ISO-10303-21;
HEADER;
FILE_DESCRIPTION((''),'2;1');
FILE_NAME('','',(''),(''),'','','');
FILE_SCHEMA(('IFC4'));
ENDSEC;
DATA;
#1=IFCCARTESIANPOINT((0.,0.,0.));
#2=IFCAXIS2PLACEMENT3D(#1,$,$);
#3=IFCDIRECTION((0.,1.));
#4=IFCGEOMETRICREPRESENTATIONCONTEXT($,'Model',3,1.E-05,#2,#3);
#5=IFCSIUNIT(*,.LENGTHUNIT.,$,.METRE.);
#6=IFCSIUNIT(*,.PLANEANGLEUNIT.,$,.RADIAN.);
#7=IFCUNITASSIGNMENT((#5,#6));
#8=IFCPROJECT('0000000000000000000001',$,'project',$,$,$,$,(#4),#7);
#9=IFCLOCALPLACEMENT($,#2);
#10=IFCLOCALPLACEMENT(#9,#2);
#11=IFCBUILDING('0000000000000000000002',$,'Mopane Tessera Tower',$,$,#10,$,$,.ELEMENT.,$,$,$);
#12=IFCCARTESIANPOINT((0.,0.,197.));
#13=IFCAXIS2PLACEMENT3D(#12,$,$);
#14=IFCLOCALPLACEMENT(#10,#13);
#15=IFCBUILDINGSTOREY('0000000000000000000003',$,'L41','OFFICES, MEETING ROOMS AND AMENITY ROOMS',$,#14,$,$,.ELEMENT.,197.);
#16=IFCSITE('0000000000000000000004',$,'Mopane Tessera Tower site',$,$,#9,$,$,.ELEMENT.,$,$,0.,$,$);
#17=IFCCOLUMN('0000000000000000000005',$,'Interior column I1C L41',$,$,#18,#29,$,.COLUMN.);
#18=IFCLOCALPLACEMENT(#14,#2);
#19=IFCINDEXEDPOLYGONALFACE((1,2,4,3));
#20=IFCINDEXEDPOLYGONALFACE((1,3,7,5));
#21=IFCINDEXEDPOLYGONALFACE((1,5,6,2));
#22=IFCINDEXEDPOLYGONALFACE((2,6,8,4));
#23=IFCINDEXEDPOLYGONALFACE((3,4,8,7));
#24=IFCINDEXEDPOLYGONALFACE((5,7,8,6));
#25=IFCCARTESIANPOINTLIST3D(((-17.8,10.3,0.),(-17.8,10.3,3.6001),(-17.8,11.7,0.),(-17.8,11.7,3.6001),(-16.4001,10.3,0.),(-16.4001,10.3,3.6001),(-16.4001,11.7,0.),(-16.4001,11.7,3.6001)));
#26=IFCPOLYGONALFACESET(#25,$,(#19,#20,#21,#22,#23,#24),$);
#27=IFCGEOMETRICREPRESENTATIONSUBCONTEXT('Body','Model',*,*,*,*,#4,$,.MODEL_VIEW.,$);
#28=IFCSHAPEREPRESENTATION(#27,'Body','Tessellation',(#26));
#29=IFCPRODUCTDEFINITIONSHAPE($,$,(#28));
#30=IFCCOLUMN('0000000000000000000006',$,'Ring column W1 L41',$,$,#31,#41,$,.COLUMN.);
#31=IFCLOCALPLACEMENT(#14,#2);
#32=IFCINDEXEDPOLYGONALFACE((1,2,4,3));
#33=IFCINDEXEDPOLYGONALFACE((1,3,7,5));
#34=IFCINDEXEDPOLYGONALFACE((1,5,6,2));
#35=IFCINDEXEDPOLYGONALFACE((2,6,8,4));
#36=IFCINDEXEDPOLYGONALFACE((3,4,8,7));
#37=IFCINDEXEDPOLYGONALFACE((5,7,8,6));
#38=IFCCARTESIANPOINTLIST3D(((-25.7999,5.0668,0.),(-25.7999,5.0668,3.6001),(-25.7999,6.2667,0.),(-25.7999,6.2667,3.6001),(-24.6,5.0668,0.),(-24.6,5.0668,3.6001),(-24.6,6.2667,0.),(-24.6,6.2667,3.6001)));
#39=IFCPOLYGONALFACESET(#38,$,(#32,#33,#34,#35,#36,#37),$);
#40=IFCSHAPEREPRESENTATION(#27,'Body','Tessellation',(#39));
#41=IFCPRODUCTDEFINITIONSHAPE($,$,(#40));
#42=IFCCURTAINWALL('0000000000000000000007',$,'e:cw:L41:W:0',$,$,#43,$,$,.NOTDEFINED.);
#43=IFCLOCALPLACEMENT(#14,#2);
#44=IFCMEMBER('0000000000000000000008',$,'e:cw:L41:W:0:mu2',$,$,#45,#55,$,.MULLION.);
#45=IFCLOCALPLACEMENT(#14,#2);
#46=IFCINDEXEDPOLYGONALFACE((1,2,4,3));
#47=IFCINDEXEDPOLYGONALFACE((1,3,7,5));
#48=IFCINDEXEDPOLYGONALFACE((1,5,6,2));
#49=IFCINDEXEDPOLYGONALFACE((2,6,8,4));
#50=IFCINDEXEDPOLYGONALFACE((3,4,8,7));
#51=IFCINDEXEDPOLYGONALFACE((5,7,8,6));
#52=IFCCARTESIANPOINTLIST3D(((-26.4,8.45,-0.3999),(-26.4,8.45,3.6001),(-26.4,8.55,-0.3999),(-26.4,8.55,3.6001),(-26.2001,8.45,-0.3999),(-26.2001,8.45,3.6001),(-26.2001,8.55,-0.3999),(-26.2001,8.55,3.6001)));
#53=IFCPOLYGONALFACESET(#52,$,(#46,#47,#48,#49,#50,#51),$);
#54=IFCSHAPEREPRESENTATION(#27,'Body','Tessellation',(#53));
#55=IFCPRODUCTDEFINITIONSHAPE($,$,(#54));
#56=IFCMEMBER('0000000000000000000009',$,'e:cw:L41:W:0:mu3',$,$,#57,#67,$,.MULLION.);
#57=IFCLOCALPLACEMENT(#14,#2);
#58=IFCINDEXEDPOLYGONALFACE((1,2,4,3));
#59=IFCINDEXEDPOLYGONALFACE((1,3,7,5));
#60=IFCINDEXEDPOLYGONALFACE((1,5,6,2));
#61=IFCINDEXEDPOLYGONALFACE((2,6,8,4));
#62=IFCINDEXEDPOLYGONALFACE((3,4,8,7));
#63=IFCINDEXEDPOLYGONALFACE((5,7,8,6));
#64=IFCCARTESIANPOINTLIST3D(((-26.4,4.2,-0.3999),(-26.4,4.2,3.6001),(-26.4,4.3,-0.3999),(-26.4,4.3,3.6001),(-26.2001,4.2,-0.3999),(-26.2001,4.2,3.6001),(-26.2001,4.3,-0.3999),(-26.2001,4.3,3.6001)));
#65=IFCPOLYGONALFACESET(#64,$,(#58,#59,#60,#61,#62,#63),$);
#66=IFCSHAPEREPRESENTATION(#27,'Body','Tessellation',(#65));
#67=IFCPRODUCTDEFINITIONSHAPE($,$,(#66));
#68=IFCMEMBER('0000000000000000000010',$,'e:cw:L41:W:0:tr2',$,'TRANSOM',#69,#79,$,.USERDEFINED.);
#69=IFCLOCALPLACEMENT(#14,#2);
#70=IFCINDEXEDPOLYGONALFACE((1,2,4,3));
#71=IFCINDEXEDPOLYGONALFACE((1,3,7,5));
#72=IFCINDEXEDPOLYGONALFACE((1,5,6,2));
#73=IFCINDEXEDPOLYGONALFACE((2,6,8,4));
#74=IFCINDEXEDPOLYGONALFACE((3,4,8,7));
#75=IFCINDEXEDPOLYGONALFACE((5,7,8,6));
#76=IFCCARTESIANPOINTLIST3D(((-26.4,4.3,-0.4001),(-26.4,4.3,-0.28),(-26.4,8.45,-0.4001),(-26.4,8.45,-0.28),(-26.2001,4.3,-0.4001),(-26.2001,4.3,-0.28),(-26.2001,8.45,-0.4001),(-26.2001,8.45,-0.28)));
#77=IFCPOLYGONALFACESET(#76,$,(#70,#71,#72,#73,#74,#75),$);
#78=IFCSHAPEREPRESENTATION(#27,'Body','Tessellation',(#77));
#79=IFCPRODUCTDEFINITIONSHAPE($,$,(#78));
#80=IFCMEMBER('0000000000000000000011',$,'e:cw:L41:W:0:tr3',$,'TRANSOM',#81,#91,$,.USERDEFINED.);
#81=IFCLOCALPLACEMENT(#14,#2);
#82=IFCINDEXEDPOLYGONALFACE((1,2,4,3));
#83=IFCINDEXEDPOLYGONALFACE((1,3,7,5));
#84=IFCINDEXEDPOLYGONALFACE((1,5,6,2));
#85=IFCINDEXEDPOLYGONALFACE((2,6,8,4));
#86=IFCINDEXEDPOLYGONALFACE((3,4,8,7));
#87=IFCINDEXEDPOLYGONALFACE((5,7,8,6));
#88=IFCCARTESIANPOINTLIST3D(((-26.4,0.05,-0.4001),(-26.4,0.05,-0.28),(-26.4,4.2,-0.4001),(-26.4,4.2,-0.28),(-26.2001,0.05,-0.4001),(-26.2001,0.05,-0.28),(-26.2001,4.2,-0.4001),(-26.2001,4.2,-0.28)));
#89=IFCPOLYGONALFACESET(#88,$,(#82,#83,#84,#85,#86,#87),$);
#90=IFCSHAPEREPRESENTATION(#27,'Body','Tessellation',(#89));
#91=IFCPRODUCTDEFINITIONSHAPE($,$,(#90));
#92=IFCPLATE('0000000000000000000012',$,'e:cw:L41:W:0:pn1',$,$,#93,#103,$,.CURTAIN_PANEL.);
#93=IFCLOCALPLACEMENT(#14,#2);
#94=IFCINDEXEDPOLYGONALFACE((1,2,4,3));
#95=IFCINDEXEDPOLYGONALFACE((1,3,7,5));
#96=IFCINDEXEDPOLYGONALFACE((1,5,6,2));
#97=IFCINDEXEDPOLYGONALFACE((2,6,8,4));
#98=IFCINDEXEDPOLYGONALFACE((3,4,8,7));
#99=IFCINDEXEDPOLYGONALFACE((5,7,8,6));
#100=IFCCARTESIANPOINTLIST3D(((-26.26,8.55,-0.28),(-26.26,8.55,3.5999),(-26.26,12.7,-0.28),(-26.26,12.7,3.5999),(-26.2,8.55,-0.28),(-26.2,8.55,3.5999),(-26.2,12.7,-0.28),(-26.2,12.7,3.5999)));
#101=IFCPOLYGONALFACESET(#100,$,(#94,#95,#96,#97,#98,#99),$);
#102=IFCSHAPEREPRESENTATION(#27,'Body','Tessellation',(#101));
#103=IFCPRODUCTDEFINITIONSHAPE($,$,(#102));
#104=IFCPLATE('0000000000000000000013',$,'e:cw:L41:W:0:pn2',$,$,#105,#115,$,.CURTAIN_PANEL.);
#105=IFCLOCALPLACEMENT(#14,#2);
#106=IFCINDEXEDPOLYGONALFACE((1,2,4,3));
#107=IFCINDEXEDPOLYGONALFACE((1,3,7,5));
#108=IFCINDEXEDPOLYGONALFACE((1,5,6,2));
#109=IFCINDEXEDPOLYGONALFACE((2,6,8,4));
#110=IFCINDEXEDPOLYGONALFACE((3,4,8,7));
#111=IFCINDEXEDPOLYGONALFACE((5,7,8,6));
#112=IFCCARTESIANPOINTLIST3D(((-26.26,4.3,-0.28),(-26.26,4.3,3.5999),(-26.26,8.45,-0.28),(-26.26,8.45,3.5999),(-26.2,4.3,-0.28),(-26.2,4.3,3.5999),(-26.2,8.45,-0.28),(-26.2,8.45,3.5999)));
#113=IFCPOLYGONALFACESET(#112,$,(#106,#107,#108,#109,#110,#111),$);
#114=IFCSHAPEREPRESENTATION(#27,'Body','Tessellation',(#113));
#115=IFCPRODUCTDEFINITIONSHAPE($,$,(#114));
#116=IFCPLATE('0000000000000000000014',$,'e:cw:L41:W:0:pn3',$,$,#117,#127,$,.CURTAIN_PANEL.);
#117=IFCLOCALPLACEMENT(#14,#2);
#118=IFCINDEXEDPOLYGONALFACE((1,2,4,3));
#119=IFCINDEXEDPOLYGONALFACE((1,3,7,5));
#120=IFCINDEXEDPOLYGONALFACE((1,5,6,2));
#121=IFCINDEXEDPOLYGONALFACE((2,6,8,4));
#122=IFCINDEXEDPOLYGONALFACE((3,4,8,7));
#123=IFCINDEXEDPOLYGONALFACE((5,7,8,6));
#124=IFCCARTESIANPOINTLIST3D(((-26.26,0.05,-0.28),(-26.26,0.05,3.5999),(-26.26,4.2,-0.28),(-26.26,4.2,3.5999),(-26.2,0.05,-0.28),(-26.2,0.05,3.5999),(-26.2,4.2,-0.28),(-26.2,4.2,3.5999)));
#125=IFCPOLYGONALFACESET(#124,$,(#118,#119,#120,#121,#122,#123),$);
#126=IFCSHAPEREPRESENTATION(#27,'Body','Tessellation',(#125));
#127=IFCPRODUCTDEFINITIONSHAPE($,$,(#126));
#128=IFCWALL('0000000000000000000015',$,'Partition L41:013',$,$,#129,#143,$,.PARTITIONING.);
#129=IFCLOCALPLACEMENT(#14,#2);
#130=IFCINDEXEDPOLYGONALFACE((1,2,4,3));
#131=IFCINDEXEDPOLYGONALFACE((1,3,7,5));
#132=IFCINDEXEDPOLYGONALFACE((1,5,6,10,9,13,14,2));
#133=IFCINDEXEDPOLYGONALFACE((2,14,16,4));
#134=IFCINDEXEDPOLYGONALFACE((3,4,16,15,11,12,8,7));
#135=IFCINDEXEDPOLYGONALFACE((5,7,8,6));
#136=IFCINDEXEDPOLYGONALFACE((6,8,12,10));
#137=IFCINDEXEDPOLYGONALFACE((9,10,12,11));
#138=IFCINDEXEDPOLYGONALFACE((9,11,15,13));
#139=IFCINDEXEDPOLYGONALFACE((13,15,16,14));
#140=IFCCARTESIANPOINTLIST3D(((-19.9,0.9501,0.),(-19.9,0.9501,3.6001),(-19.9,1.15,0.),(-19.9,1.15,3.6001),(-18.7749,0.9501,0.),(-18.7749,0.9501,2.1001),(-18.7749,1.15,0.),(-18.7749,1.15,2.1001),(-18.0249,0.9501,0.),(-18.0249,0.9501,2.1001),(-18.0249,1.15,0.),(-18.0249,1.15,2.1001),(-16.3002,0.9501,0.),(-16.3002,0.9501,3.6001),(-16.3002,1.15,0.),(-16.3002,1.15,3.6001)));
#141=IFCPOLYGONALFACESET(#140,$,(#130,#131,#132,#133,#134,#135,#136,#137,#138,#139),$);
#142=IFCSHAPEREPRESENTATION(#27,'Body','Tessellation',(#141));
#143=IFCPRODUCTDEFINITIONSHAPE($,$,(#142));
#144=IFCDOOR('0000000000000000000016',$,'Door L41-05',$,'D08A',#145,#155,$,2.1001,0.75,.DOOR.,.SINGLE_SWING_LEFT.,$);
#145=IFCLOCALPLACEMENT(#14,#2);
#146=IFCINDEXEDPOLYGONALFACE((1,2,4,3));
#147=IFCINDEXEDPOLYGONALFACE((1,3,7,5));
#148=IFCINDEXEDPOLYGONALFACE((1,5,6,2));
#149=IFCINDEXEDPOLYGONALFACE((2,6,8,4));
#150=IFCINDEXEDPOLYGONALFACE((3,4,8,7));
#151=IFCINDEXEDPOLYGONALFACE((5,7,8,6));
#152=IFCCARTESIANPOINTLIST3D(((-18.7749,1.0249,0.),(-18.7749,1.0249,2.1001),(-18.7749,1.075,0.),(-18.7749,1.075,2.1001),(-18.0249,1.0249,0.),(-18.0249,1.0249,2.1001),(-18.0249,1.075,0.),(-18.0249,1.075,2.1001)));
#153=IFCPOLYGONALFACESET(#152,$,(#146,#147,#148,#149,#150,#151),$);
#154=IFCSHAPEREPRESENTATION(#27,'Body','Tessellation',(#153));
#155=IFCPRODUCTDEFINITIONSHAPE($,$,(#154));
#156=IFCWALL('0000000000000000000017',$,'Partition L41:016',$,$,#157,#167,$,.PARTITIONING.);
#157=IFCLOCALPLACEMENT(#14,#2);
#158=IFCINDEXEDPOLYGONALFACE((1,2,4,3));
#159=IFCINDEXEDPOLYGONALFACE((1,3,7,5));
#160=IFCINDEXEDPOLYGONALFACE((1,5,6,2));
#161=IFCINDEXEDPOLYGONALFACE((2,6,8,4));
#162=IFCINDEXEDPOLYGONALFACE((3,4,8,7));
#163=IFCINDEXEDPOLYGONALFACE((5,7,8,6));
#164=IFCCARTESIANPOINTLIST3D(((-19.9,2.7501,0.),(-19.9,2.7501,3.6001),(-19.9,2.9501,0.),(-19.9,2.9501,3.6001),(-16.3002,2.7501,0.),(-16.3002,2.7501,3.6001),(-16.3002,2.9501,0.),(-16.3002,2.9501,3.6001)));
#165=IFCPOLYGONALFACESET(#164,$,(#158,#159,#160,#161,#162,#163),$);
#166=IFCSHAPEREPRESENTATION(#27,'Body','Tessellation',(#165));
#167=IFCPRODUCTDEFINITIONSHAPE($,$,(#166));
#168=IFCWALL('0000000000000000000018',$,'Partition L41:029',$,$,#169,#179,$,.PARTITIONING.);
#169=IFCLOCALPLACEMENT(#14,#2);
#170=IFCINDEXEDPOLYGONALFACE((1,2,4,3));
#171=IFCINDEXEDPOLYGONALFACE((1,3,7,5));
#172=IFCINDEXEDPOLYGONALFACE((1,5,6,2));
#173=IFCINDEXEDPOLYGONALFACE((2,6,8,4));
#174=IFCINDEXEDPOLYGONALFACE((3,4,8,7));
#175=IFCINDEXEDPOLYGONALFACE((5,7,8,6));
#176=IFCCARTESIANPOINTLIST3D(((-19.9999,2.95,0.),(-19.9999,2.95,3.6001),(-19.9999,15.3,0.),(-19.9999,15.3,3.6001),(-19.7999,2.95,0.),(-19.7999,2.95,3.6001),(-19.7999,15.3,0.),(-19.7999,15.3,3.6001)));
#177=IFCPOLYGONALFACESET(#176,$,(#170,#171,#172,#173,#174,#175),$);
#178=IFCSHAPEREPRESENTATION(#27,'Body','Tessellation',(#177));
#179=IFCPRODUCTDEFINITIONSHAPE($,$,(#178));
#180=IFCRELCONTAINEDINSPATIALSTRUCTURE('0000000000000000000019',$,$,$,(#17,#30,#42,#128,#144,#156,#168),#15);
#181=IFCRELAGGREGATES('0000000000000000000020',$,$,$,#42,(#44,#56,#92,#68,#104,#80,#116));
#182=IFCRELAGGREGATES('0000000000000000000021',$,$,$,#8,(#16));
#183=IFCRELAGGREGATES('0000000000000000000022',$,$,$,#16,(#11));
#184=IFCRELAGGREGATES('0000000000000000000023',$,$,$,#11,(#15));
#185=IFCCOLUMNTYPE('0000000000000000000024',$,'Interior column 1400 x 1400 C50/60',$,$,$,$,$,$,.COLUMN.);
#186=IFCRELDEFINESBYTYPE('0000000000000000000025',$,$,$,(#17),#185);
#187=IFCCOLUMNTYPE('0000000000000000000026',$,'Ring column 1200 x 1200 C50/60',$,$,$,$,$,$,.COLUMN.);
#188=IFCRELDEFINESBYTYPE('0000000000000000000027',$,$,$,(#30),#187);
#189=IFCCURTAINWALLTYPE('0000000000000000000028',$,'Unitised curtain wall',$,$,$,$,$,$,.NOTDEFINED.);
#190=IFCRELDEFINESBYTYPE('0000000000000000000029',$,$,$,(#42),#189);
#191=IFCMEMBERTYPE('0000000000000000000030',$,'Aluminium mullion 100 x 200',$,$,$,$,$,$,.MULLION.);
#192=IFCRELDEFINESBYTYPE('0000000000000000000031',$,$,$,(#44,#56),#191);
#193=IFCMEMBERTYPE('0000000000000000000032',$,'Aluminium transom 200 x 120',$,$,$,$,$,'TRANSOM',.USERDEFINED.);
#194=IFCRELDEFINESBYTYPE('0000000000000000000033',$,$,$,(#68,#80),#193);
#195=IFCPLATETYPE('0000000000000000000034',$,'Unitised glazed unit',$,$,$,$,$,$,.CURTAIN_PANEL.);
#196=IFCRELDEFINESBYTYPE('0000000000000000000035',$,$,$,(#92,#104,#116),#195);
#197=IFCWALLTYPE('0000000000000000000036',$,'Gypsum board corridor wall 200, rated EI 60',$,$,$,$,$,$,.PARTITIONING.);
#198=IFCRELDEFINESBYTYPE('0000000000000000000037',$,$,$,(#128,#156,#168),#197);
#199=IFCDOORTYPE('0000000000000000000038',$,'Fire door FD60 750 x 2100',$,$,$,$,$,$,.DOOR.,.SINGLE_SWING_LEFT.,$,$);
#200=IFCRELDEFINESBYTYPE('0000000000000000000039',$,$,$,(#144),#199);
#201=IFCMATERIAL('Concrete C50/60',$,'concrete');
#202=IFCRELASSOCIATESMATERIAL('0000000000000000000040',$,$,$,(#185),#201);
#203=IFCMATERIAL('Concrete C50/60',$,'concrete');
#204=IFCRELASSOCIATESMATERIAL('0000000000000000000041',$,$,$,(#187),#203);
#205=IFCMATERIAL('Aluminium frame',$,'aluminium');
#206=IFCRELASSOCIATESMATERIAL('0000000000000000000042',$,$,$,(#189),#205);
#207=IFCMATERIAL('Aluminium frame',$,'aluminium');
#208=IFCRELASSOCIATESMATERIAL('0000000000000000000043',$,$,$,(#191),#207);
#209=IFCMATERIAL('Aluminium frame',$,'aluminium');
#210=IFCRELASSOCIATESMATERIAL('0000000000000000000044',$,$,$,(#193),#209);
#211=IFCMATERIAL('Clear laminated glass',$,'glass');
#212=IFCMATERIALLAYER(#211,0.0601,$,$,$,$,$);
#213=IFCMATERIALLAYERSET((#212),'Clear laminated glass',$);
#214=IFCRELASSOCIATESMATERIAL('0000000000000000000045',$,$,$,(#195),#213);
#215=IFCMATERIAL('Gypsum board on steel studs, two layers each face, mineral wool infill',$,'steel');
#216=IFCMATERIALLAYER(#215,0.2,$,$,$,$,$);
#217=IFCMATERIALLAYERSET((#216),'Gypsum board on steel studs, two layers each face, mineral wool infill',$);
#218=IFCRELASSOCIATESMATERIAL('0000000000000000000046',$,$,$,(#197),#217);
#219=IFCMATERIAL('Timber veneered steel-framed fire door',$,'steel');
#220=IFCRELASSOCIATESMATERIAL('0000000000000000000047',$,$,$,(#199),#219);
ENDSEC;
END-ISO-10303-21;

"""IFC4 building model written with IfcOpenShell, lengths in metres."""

from ifc_helpers import new_model, si_unit, direction, frame, frame_2d, origin, origin_2d, place, context, subcontext, project, spatial, rectangle, extrude, material, layer, layer_set, material_profile, profile_set, type_object, element, fill, aggregate, save


model = new_model("IFC4")

# Units and contexts
model_context = context("Model", 3, precision=1e-05, world=origin(), true_north=direction((0.0, 1.0)))
body_context = subcontext(model_context, "Body", "Model", "MODEL_VIEW")
ifc_project = project(units=[si_unit("LENGTHUNIT", "METRE"), si_unit("PLANEANGLEUNIT", "RADIAN")], contexts=[model_context])

# Site, building, storey
site_placement = place(None, origin())
site = spatial("IfcSite", under=ifc_project, at=site_placement, Name="Mopane Tessera Tower site", CompositionType="ELEMENT", RefElevation=0.0)
building_placement = place(site_placement, origin())
building = spatial("IfcBuilding", under=site, at=building_placement, Name="Mopane Tessera Tower", CompositionType="ELEMENT")
storey_placement = place(building_placement, frame((0.0, 0.0, 197.0)))
storey = spatial("IfcBuildingStorey", under=building, at=storey_placement, Name="L41", Description="OFFICES, MEETING ROOMS AND AMENITY ROOMS", CompositionType="ELEMENT", Elevation=197.0)

# Columns
ifc_material_1 = material(Name="Concrete C50/60", Category="concrete")
ifc_material_profile_1 = material_profile(ifc_material_1, rectangle(XDim=1.3999, YDim=1.3999, at=origin_2d()))
ifc_profile_set_1 = profile_set([ifc_material_profile_1], Name="Concrete C50/60")
column_type_1 = type_object("IfcColumnType", Name="Interior column 1400 x 1400 C50/60", PredefinedType="COLUMN", material=ifc_profile_set_1)
column_1_placement = place(storey_placement, frame((-17.1001, 11.0, 0.0), z_axis=(0.0, 0.0, 1.0), x_axis=(1.0, 0.0, 0.0)))
element("IfcColumn", 1, at=column_1_placement, inside=storey, type_object=column_type_1, Name="Interior column I1C L41", PredefinedType="COLUMN", context=body_context, shape_type="SweptSolid", body=[
    extrude(rectangle(XDim=1.3999, YDim=1.3999, at=origin_2d()), origin(), (0.0, 0.0, 1.0), 3.6001),
])
ifc_material_2 = material(Name="Concrete C50/60", Category="concrete")
ifc_material_profile_2 = material_profile(ifc_material_2, rectangle(XDim=1.2, YDim=1.2, at=origin_2d()))
ifc_profile_set_2 = profile_set([ifc_material_profile_2], Name="Concrete C50/60")
column_type_2 = type_object("IfcColumnType", Name="Ring column 1200 x 1200 C50/60", PredefinedType="COLUMN", material=ifc_profile_set_2)
column_2_placement = place(storey_placement, frame((-25.2, 5.6667, 0.0), z_axis=(0.0, 0.0, 1.0), x_axis=(1.0, 0.0, 0.0)))
element("IfcColumn", 2, at=column_2_placement, inside=storey, type_object=column_type_2, Name="Ring column W1 L41", PredefinedType="COLUMN", context=body_context, shape_type="SweptSolid", body=[
    extrude(rectangle(XDim=1.2, YDim=1.2, at=origin_2d()), origin(), (0.0, 0.0, 1.0), 3.6001),
])

# Curtain wall, members, plates
ifc_material_3 = material(Name="Aluminium frame", Category="aluminium")
curtain_wall_type = type_object("IfcCurtainWallType", Name="Unitised curtain wall", PredefinedType="NOTDEFINED", material=ifc_material_3)
curtain_wall_placement = place(storey_placement, origin())
curtain_wall = element("IfcCurtainWall", 3, at=curtain_wall_placement, inside=storey, type_object=curtain_wall_type, Name="e:cw:L41:W:0", PredefinedType="NOTDEFINED")
ifc_material_4 = material(Name="Aluminium frame", Category="aluminium")
ifc_material_profile_3 = material_profile(ifc_material_4, rectangle(XDim=0.1001, YDim=0.2, at=origin_2d()))
ifc_profile_set_3 = profile_set([ifc_material_profile_3], Name="Aluminium frame")
member_type_1 = type_object("IfcMemberType", Name="Aluminium mullion 100 x 200", PredefinedType="MULLION", material=ifc_profile_set_3)
member_1_placement = place(storey_placement, frame((-26.3, 8.5, -0.3999), z_axis=(0.0, 0.0, 1.0), x_axis=(0.0, -1.0, 0.0)))
member_1 = element("IfcMember", 4, at=member_1_placement, type_object=member_type_1, Name="e:cw:L41:W:0:mu2", PredefinedType="MULLION", context=body_context, shape_type="SweptSolid", body=[
    extrude(rectangle(XDim=0.1001, YDim=0.2, at=origin_2d()), origin(), (0.0, 0.0, 1.0), 4.0),
])
member_2_placement = place(storey_placement, frame((-26.3, 4.25, -0.3999), z_axis=(0.0, 0.0, 1.0), x_axis=(0.0, -1.0, 0.0)))
member_2 = element("IfcMember", 5, at=member_2_placement, type_object=member_type_1, Name="e:cw:L41:W:0:mu3", PredefinedType="MULLION", context=body_context, shape_type="SweptSolid", body=[
    extrude(rectangle(XDim=0.1001, YDim=0.2, at=origin_2d()), origin(), (0.0, 0.0, 1.0), 4.0),
])
ifc_material_5 = material(Name="Aluminium frame", Category="aluminium")
ifc_material_profile_4 = material_profile(ifc_material_5, rectangle(XDim=0.2, YDim=0.1201, at=origin_2d()))
ifc_profile_set_4 = profile_set([ifc_material_profile_4], Name="Aluminium frame")
member_type_2 = type_object("IfcMemberType", Name="Aluminium transom 200 x 120", ElementType="TRANSOM", PredefinedType="USERDEFINED", material=ifc_profile_set_4)
member_3_placement = place(storey_placement, frame((-26.3, 8.45, -0.3401), z_axis=(0.0, -1.0, 0.0), x_axis=(1.0, 0.0, 0.0)))
member_3 = element("IfcMember", 6, at=member_3_placement, type_object=member_type_2, Name="e:cw:L41:W:0:tr2", ObjectType="TRANSOM", PredefinedType="USERDEFINED", context=body_context, shape_type="SweptSolid", body=[
    extrude(rectangle(XDim=0.2, YDim=0.1201, at=origin_2d()), origin(), (0.0, 0.0, 1.0), 4.1499),
])
member_4_placement = place(storey_placement, frame((-26.3, 4.2, -0.3401), z_axis=(0.0, -1.0, 0.0), x_axis=(1.0, 0.0, 0.0)))
member_4 = element("IfcMember", 7, at=member_4_placement, type_object=member_type_2, Name="e:cw:L41:W:0:tr3", ObjectType="TRANSOM", PredefinedType="USERDEFINED", context=body_context, shape_type="SweptSolid", body=[
    extrude(rectangle(XDim=0.2, YDim=0.1201, at=origin_2d()), origin(), (0.0, 0.0, 1.0), 4.1499),
])
ifc_material_6 = material(Name="Clear laminated glass", Category="glass")
ifc_layer_1 = layer(ifc_material_6, 0.0601)
ifc_layer_set_1 = layer_set([ifc_layer_1], Name="Clear laminated glass")
plate_type = type_object("IfcPlateType", Name="Unitised glazed unit", PredefinedType="CURTAIN_PANEL", material=ifc_layer_set_1)
plate_1_placement = place(storey_placement, frame((-26.23, 10.625, -0.28), z_axis=(0.0, 0.0, 1.0), x_axis=(0.0, -1.0, 0.0)))
plate_1 = element("IfcPlate", 8, at=plate_1_placement, type_object=plate_type, Name="e:cw:L41:W:0:pn1", PredefinedType="CURTAIN_PANEL", context=body_context, shape_type="SweptSolid", body=[
    extrude(rectangle(XDim=4.1499, YDim=0.0601, at=origin_2d()), origin(), (0.0, 0.0, 1.0), 3.8799),
])
plate_2_placement = place(storey_placement, frame((-26.23, 6.375, -0.28), z_axis=(0.0, 0.0, 1.0), x_axis=(0.0, -1.0, 0.0)))
plate_2 = element("IfcPlate", 9, at=plate_2_placement, type_object=plate_type, Name="e:cw:L41:W:0:pn2", PredefinedType="CURTAIN_PANEL", context=body_context, shape_type="SweptSolid", body=[
    extrude(rectangle(XDim=4.1499, YDim=0.0601, at=origin_2d()), origin(), (0.0, 0.0, 1.0), 3.8799),
])
plate_3_placement = place(storey_placement, frame((-26.23, 2.125, -0.28), z_axis=(0.0, 0.0, 1.0), x_axis=(0.0, -1.0, 0.0)))
plate_3 = element("IfcPlate", 10, at=plate_3_placement, type_object=plate_type, Name="e:cw:L41:W:0:pn3", PredefinedType="CURTAIN_PANEL", context=body_context, shape_type="SweptSolid", body=[
    extrude(rectangle(XDim=4.1499, YDim=0.0601, at=origin_2d()), origin(), (0.0, 0.0, 1.0), 3.8799),
])
aggregate(curtain_wall, [member_1, member_2, plate_1, member_3, plate_2, member_4, plate_3])

# Wall, opening, door
ifc_material_7 = material(Name="Gypsum board on steel studs, two layers each face, mineral wool infill", Category="steel")
ifc_layer_2 = layer(ifc_material_7, 0.2)
ifc_layer_set_2 = layer_set([ifc_layer_2], Name="Gypsum board on steel studs, two layers each face, mineral wool infill")
wall_type_1 = type_object("IfcWallType", Name="Gypsum board corridor wall 200, rated EI 60", PredefinedType="PARTITIONING", material=ifc_layer_set_2)
wall_1_placement = place(storey_placement, frame((-19.8999, 1.05, 0.0), z_axis=(0.0, 0.0, 1.0), x_axis=(1.0, 0.0, 0.0)))
wall_1 = element("IfcWall", 11, at=wall_1_placement, inside=storey, type_object=wall_type_1, Name="Partition L41:013", PredefinedType="PARTITIONING", context=body_context, shape_type="SweptSolid", body=[
    extrude(rectangle(XDim=3.5999, YDim=0.2, at=frame_2d((1.7998, 0.0))), origin(), (0.0, 0.0, 1.0), 3.6001),
])
opening_1_placement = place(wall_1_placement, frame((1.125, 0.0, 0.0)))
opening_1 = element("IfcOpeningElement", 12, at=opening_1_placement, cuts=wall_1, PredefinedType="OPENING", context=body_context, shape_type="SweptSolid", body=[
    extrude(rectangle(XDim=0.75, YDim=2.1001, at=frame_2d((0.375, 1.05))), frame((0.0, 0.1121, 0.0), z_axis=(0.0, -1.0, 0.0), x_axis=(1.0, 0.0, 0.0)), (0.0, 0.0, 1.0), 0.2239),
])
ifc_material_8 = material(Name="Timber veneered steel-framed fire door", Category="steel")
door_type_1 = type_object("IfcDoorType", Name="Fire door FD60 750 x 2100", OperationType="SINGLE_SWING_LEFT", PredefinedType="DOOR", material=ifc_material_8)
door_1_placement = place(opening_1_placement, origin())
door_1 = element("IfcDoor", 13, at=door_1_placement, inside=storey, type_object=door_type_1, Name="Door L41-05", ObjectType="D08A", OperationType="SINGLE_SWING_LEFT", OverallHeight=2.1001, OverallWidth=0.75, PredefinedType="DOOR", context=body_context, shape_type="SweptSolid", body=[
    extrude(rectangle(XDim=0.75, YDim=2.1001, at=frame_2d((0.375, 1.05))), frame((0.0, 0.0249, 0.0), z_axis=(0.0, -1.0, 0.0), x_axis=(1.0, 0.0, 0.0)), (0.0, 0.0, 1.0), 0.05),
])
fill(opening_1, door_1)

# Walls
wall_2_placement = place(storey_placement, frame((-19.8999, 2.8501, 0.0), z_axis=(0.0, 0.0, 1.0), x_axis=(1.0, 0.0, 0.0)))
element("IfcWall", 14, at=wall_2_placement, inside=storey, type_object=wall_type_1, Name="Partition L41:016", PredefinedType="PARTITIONING", context=body_context, shape_type="SweptSolid", body=[
    extrude(rectangle(XDim=3.5999, YDim=0.2, at=frame_2d((1.7998, 0.0))), origin(), (0.0, 0.0, 1.0), 3.6001),
])
wall_3_placement = place(storey_placement, frame((-19.8999, 2.95, 0.0), z_axis=(0.0, 0.0, 1.0), x_axis=(0.0, 1.0, 0.0)))
element("IfcWall", 15, at=wall_3_placement, inside=storey, type_object=wall_type_1, Name="Partition L41:029", PredefinedType="PARTITIONING", context=body_context, shape_type="SweptSolid", body=[
    extrude(rectangle(XDim=12.3501, YDim=0.2, at=frame_2d((6.175, 0.0))), origin(), (0.0, 0.0, 1.0), 3.6001),
])

save(model, "model.ifc")
